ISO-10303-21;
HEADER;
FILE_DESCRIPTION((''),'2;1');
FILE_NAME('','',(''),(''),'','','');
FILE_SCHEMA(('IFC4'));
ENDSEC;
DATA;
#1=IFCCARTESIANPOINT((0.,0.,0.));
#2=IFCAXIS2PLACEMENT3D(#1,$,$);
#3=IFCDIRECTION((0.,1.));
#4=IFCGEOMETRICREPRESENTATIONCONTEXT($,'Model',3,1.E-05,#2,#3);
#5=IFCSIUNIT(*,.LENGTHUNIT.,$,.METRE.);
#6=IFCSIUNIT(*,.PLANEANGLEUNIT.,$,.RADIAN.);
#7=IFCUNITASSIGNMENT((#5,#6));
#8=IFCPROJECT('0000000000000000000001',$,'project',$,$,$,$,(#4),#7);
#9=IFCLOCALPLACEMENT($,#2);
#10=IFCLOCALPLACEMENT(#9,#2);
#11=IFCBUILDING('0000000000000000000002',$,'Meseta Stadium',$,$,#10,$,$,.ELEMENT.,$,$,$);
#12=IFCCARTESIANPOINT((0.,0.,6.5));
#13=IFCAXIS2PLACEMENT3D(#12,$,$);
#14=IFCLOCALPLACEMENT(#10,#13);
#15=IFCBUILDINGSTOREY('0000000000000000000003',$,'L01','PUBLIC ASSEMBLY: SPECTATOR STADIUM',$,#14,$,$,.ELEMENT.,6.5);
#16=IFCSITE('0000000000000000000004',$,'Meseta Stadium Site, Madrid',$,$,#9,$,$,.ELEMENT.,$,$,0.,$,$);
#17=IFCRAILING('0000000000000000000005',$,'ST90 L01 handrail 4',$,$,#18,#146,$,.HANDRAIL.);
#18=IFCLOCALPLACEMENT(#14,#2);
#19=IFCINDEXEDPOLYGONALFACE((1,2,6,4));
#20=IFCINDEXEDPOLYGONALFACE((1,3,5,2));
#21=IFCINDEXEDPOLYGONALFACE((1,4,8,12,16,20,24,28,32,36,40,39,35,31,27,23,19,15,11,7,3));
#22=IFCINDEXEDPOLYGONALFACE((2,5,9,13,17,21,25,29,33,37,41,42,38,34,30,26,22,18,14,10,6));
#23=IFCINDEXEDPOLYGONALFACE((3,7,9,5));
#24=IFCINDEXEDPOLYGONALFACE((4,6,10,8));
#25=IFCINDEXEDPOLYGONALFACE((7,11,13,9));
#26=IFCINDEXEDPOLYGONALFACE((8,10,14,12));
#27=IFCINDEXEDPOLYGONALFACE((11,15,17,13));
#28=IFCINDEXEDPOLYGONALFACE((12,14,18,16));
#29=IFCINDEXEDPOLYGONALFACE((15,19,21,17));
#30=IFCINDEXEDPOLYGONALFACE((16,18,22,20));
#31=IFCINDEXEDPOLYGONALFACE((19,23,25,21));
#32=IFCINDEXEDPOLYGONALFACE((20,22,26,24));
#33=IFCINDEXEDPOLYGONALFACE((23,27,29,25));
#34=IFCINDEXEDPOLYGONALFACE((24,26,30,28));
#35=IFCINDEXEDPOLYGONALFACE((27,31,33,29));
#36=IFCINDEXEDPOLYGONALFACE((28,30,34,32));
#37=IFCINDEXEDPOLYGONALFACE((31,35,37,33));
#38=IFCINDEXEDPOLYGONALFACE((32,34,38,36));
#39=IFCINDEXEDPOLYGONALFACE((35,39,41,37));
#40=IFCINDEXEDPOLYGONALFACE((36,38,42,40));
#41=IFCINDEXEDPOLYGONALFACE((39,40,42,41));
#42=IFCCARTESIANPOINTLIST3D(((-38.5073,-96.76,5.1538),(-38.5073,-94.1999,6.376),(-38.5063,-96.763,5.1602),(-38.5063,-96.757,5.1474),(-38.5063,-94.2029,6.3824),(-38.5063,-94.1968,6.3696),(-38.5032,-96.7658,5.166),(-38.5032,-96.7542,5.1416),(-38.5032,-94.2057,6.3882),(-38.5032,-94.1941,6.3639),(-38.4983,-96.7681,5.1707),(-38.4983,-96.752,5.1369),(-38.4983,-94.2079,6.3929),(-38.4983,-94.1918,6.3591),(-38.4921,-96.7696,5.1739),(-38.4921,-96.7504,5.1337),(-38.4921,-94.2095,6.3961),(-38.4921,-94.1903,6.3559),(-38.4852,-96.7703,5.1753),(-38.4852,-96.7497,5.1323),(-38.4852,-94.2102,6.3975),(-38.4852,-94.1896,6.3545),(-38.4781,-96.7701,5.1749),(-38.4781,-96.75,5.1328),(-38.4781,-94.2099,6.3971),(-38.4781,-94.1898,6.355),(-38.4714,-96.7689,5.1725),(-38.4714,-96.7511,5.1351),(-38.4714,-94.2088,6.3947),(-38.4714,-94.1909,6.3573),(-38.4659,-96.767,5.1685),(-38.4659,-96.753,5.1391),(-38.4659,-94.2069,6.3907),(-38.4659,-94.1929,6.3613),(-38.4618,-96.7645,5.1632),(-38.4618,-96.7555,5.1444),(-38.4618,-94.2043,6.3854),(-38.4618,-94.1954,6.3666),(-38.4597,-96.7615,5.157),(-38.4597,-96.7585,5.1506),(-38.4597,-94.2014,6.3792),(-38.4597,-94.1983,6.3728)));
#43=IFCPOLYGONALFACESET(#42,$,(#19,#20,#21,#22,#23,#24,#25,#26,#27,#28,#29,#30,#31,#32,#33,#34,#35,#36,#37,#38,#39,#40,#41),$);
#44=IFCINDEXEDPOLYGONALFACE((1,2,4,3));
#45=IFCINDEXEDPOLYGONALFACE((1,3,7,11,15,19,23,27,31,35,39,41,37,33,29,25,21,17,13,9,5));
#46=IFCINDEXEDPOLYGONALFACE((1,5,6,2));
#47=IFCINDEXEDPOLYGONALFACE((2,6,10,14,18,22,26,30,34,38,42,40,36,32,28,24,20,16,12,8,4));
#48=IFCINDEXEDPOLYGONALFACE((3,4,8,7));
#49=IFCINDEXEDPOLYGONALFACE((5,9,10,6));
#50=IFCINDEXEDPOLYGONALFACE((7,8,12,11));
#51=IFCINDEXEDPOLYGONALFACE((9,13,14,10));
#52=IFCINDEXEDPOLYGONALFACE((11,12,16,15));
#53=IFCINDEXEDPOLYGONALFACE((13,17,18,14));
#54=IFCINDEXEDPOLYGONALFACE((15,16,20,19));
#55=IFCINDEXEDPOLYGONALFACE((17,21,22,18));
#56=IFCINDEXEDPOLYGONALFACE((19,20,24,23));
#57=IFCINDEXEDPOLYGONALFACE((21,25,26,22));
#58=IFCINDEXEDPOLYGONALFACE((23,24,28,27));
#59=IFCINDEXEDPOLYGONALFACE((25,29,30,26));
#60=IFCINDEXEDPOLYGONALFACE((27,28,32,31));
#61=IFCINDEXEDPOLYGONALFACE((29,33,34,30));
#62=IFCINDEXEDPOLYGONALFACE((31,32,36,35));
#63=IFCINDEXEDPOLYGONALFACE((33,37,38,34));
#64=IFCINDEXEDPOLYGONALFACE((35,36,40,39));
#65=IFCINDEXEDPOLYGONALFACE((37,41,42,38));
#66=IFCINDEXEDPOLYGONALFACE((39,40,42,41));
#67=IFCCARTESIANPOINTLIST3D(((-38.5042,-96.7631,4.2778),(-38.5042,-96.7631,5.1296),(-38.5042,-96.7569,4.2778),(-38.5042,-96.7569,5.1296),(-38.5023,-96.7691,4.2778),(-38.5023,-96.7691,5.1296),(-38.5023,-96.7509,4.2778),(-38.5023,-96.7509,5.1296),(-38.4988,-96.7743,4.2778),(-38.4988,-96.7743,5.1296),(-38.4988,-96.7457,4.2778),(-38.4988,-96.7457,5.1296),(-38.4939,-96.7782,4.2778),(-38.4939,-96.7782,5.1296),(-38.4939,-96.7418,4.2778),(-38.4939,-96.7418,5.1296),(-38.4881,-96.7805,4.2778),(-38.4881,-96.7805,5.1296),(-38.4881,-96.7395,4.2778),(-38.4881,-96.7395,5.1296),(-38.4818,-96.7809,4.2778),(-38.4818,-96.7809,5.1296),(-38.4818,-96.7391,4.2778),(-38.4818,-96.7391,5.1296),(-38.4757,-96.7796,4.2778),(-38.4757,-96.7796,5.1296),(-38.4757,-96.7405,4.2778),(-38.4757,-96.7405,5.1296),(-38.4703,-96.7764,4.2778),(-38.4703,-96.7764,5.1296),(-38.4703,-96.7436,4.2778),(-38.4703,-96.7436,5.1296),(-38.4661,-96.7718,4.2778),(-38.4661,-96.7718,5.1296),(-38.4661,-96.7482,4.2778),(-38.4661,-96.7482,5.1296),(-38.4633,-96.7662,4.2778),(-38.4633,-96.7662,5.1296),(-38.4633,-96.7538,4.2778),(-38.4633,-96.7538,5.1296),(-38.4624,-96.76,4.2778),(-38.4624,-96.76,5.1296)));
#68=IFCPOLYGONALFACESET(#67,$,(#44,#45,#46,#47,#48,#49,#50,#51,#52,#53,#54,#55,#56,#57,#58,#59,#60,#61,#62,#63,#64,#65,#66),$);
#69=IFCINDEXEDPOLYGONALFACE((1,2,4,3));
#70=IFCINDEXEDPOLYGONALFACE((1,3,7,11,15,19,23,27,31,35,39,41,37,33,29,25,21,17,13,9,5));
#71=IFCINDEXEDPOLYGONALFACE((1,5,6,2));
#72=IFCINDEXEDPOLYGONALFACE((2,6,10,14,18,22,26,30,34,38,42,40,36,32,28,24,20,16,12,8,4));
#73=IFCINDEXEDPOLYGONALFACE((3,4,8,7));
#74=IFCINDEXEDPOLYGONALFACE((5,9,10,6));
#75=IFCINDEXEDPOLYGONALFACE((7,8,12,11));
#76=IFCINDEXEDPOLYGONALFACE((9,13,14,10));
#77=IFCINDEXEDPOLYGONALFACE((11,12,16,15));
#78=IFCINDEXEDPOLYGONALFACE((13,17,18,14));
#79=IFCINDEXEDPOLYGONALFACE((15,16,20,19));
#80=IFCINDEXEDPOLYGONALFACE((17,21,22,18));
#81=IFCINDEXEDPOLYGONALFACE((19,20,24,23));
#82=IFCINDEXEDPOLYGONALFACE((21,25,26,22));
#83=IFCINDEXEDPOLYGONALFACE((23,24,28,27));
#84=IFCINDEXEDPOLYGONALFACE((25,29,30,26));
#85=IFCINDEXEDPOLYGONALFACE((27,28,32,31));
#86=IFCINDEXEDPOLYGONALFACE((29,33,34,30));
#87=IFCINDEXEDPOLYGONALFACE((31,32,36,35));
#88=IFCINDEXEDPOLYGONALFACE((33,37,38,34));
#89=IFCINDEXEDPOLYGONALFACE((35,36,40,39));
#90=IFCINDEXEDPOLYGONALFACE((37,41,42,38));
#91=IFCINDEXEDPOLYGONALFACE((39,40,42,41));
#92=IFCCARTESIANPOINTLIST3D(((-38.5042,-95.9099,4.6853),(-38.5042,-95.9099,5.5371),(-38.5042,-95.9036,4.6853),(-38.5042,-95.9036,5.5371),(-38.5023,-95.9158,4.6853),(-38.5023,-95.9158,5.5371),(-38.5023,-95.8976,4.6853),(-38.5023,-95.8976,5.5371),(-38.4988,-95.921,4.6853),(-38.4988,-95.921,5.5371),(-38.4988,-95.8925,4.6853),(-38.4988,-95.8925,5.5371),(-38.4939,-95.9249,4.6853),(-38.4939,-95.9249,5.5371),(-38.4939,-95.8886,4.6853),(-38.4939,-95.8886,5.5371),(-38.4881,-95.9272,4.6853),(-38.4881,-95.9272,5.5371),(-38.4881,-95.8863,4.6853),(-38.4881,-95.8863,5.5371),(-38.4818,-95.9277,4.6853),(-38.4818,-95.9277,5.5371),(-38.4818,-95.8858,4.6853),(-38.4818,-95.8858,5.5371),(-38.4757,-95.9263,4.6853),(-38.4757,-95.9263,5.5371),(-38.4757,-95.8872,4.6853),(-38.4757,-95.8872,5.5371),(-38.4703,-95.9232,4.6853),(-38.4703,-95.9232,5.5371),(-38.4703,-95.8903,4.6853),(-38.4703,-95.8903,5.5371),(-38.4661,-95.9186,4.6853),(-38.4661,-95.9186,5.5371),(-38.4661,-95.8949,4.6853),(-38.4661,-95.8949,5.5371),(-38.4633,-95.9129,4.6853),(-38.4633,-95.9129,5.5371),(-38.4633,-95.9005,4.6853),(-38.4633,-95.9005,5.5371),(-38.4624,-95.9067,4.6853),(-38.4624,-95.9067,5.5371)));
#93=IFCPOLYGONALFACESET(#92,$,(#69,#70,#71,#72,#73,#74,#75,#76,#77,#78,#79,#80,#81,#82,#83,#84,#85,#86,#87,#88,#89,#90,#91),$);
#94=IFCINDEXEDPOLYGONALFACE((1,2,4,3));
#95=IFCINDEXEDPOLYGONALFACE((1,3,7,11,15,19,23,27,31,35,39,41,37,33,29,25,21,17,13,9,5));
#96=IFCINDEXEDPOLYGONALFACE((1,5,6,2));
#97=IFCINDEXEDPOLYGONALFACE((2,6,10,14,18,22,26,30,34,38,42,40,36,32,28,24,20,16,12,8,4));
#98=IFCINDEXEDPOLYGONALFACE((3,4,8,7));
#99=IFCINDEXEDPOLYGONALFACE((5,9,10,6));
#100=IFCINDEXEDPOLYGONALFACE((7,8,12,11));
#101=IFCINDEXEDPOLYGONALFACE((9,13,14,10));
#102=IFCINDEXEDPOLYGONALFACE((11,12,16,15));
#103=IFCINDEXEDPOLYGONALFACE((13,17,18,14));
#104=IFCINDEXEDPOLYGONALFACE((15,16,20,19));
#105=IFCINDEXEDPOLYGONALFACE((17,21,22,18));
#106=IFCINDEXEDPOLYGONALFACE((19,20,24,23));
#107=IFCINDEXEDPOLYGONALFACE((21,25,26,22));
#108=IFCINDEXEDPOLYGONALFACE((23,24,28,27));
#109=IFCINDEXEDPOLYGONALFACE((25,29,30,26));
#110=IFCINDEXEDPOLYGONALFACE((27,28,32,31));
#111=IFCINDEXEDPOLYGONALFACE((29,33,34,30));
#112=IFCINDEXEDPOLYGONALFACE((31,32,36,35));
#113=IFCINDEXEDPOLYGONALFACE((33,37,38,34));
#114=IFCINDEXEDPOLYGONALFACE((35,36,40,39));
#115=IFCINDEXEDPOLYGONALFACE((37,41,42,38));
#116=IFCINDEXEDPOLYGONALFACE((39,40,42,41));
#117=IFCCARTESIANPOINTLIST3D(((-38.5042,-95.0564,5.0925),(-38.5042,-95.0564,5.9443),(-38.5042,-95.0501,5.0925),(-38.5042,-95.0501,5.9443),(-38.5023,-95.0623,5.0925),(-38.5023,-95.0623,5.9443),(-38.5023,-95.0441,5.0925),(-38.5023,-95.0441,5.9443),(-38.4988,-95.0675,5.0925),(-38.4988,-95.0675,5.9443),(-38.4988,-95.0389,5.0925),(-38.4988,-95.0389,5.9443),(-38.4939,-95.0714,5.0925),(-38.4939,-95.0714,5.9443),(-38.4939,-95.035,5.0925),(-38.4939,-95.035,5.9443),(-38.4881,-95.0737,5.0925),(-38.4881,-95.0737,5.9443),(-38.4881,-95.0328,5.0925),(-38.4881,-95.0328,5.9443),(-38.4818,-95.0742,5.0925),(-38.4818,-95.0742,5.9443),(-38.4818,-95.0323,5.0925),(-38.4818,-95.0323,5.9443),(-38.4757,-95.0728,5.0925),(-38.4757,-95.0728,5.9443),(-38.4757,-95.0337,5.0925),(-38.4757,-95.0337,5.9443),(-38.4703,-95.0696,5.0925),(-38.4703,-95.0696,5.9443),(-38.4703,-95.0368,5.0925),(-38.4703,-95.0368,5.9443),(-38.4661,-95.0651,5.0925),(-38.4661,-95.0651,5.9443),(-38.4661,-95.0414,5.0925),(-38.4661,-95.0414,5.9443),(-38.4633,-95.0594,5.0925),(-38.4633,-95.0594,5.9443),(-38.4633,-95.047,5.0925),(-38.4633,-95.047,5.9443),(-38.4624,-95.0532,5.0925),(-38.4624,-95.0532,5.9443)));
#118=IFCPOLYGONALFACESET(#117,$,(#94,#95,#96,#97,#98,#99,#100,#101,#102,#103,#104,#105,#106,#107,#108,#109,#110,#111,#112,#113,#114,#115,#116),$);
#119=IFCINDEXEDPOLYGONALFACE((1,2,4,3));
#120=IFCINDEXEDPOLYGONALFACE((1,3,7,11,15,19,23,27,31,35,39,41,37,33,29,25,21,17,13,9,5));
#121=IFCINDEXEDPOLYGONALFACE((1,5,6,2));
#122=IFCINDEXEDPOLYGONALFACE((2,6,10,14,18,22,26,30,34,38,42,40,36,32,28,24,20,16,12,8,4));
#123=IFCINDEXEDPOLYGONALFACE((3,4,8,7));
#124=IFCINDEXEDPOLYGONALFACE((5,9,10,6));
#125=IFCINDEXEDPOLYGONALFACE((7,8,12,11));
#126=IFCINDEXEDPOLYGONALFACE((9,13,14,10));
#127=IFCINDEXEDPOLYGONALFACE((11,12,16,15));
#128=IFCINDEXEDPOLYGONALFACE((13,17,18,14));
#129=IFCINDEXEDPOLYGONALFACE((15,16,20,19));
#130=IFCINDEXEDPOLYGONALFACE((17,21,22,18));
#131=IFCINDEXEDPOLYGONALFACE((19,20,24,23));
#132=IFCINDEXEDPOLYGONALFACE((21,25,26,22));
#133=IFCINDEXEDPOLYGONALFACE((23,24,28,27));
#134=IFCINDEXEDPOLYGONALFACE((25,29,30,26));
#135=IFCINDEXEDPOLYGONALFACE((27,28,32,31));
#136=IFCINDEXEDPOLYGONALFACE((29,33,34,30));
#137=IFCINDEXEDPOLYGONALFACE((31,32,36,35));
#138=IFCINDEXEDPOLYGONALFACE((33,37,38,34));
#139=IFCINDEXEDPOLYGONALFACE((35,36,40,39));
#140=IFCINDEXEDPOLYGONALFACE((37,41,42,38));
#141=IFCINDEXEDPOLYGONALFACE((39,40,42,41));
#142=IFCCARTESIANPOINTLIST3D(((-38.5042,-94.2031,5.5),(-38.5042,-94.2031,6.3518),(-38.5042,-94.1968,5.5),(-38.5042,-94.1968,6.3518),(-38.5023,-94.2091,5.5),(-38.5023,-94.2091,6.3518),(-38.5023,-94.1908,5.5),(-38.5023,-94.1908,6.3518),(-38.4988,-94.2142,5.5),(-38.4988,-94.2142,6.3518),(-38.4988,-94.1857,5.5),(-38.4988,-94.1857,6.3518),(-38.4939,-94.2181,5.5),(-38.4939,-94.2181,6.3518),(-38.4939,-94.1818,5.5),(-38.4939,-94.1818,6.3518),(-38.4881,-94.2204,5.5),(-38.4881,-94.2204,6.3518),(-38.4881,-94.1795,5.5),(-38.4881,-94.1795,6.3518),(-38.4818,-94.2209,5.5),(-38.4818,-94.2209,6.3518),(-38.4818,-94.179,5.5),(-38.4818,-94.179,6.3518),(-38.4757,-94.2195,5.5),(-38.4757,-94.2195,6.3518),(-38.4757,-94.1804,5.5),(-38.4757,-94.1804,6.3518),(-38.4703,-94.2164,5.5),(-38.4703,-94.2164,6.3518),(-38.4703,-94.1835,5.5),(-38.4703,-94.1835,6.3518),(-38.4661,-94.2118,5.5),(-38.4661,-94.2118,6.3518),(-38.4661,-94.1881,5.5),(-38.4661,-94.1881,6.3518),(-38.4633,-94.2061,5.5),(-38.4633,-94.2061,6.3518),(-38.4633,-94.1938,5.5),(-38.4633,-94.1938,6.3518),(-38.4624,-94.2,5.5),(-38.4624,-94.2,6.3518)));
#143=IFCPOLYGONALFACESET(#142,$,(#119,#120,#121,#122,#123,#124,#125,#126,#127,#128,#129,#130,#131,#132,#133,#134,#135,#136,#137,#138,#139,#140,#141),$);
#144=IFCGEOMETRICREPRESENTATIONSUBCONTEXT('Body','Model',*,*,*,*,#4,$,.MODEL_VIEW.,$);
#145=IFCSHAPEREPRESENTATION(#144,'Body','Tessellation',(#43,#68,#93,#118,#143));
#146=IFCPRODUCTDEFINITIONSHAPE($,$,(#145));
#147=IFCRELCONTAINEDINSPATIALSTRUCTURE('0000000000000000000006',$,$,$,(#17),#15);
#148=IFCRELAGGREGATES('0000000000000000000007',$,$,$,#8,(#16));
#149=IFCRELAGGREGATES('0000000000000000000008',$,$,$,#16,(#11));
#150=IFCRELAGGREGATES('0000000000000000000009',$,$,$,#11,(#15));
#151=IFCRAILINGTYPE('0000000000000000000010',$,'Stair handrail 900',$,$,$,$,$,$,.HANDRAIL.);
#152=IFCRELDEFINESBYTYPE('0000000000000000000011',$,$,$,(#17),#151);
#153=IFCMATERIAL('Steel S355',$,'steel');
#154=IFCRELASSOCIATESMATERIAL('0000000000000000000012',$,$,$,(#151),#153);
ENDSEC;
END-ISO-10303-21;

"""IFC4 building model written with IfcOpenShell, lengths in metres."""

from ifc_helpers import new_model, si_unit, direction, frame, origin, origin_2d, place, context, subcontext, project, spatial, circle, extrude, material, type_object, element, save


model = new_model("IFC4")

# Units and contexts
model_context = context("Model", 3, precision=1e-05, world=origin(), true_north=direction((0.0, 1.0)))
body_context = subcontext(model_context, "Body", "Model", "MODEL_VIEW")
ifc_project = project(units=[si_unit("LENGTHUNIT", "METRE"), si_unit("PLANEANGLEUNIT", "RADIAN")], contexts=[model_context])

# Site, building, storey
site_placement = place(None, origin())
site = spatial("IfcSite", under=ifc_project, at=site_placement, Name="Meseta Stadium Site, Madrid", CompositionType="ELEMENT", RefElevation=0.0)
building_placement = place(site_placement, origin())
building = spatial("IfcBuilding", under=site, at=building_placement, Name="Meseta Stadium", CompositionType="ELEMENT")
storey_placement = place(building_placement, frame((0.0, 0.0, 6.5)))
storey = spatial("IfcBuildingStorey", under=building, at=storey_placement, Name="L01", Description="PUBLIC ASSEMBLY: SPECTATOR STADIUM", CompositionType="ELEMENT", Elevation=6.5)

# Railing
ifc_material_1 = material(Name="Steel S355", Category="steel")
railing_type_1 = type_object("IfcRailingType", Name="Stair handrail 900", PredefinedType="HANDRAIL", material=ifc_material_1)
railing_1_placement = place(storey_placement, frame((-38.4834, -96.76, 4.2778)))
element("IfcRailing", 1, at=railing_1_placement, inside=storey, type_object=railing_type_1, Name="ST90 L01 handrail 4", PredefinedType="HANDRAIL", context=body_context, shape_type="SweptSolid", body=[
    extrude(circle(Radius=0.0239, at=origin_2d()), frame((0.0, 0.0, 0.876), z_axis=(0.0, 0.902437, 0.430822), x_axis=(-1.0, 0.0, 0.0)), (0.0, 0.0, 1.0), 2.8369),
    extrude(circle(Radius=0.021, at=origin_2d()), origin(), (0.0, 0.0, 1.0), 0.8518),
    extrude(circle(Radius=0.021, at=origin_2d()), frame((0.0, 0.8533, 0.4075)), (0.0, 0.0, 1.0), 0.8518),
    extrude(circle(Radius=0.021, at=origin_2d()), frame((0.0, 1.7068, 0.8147)), (0.0, 0.0, 1.0), 0.8518),
    extrude(circle(Radius=0.021, at=origin_2d()), frame((0.0, 2.5601, 1.2222)), (0.0, 0.0, 1.0), 0.8518),
])

save(model, "model.ifc")
